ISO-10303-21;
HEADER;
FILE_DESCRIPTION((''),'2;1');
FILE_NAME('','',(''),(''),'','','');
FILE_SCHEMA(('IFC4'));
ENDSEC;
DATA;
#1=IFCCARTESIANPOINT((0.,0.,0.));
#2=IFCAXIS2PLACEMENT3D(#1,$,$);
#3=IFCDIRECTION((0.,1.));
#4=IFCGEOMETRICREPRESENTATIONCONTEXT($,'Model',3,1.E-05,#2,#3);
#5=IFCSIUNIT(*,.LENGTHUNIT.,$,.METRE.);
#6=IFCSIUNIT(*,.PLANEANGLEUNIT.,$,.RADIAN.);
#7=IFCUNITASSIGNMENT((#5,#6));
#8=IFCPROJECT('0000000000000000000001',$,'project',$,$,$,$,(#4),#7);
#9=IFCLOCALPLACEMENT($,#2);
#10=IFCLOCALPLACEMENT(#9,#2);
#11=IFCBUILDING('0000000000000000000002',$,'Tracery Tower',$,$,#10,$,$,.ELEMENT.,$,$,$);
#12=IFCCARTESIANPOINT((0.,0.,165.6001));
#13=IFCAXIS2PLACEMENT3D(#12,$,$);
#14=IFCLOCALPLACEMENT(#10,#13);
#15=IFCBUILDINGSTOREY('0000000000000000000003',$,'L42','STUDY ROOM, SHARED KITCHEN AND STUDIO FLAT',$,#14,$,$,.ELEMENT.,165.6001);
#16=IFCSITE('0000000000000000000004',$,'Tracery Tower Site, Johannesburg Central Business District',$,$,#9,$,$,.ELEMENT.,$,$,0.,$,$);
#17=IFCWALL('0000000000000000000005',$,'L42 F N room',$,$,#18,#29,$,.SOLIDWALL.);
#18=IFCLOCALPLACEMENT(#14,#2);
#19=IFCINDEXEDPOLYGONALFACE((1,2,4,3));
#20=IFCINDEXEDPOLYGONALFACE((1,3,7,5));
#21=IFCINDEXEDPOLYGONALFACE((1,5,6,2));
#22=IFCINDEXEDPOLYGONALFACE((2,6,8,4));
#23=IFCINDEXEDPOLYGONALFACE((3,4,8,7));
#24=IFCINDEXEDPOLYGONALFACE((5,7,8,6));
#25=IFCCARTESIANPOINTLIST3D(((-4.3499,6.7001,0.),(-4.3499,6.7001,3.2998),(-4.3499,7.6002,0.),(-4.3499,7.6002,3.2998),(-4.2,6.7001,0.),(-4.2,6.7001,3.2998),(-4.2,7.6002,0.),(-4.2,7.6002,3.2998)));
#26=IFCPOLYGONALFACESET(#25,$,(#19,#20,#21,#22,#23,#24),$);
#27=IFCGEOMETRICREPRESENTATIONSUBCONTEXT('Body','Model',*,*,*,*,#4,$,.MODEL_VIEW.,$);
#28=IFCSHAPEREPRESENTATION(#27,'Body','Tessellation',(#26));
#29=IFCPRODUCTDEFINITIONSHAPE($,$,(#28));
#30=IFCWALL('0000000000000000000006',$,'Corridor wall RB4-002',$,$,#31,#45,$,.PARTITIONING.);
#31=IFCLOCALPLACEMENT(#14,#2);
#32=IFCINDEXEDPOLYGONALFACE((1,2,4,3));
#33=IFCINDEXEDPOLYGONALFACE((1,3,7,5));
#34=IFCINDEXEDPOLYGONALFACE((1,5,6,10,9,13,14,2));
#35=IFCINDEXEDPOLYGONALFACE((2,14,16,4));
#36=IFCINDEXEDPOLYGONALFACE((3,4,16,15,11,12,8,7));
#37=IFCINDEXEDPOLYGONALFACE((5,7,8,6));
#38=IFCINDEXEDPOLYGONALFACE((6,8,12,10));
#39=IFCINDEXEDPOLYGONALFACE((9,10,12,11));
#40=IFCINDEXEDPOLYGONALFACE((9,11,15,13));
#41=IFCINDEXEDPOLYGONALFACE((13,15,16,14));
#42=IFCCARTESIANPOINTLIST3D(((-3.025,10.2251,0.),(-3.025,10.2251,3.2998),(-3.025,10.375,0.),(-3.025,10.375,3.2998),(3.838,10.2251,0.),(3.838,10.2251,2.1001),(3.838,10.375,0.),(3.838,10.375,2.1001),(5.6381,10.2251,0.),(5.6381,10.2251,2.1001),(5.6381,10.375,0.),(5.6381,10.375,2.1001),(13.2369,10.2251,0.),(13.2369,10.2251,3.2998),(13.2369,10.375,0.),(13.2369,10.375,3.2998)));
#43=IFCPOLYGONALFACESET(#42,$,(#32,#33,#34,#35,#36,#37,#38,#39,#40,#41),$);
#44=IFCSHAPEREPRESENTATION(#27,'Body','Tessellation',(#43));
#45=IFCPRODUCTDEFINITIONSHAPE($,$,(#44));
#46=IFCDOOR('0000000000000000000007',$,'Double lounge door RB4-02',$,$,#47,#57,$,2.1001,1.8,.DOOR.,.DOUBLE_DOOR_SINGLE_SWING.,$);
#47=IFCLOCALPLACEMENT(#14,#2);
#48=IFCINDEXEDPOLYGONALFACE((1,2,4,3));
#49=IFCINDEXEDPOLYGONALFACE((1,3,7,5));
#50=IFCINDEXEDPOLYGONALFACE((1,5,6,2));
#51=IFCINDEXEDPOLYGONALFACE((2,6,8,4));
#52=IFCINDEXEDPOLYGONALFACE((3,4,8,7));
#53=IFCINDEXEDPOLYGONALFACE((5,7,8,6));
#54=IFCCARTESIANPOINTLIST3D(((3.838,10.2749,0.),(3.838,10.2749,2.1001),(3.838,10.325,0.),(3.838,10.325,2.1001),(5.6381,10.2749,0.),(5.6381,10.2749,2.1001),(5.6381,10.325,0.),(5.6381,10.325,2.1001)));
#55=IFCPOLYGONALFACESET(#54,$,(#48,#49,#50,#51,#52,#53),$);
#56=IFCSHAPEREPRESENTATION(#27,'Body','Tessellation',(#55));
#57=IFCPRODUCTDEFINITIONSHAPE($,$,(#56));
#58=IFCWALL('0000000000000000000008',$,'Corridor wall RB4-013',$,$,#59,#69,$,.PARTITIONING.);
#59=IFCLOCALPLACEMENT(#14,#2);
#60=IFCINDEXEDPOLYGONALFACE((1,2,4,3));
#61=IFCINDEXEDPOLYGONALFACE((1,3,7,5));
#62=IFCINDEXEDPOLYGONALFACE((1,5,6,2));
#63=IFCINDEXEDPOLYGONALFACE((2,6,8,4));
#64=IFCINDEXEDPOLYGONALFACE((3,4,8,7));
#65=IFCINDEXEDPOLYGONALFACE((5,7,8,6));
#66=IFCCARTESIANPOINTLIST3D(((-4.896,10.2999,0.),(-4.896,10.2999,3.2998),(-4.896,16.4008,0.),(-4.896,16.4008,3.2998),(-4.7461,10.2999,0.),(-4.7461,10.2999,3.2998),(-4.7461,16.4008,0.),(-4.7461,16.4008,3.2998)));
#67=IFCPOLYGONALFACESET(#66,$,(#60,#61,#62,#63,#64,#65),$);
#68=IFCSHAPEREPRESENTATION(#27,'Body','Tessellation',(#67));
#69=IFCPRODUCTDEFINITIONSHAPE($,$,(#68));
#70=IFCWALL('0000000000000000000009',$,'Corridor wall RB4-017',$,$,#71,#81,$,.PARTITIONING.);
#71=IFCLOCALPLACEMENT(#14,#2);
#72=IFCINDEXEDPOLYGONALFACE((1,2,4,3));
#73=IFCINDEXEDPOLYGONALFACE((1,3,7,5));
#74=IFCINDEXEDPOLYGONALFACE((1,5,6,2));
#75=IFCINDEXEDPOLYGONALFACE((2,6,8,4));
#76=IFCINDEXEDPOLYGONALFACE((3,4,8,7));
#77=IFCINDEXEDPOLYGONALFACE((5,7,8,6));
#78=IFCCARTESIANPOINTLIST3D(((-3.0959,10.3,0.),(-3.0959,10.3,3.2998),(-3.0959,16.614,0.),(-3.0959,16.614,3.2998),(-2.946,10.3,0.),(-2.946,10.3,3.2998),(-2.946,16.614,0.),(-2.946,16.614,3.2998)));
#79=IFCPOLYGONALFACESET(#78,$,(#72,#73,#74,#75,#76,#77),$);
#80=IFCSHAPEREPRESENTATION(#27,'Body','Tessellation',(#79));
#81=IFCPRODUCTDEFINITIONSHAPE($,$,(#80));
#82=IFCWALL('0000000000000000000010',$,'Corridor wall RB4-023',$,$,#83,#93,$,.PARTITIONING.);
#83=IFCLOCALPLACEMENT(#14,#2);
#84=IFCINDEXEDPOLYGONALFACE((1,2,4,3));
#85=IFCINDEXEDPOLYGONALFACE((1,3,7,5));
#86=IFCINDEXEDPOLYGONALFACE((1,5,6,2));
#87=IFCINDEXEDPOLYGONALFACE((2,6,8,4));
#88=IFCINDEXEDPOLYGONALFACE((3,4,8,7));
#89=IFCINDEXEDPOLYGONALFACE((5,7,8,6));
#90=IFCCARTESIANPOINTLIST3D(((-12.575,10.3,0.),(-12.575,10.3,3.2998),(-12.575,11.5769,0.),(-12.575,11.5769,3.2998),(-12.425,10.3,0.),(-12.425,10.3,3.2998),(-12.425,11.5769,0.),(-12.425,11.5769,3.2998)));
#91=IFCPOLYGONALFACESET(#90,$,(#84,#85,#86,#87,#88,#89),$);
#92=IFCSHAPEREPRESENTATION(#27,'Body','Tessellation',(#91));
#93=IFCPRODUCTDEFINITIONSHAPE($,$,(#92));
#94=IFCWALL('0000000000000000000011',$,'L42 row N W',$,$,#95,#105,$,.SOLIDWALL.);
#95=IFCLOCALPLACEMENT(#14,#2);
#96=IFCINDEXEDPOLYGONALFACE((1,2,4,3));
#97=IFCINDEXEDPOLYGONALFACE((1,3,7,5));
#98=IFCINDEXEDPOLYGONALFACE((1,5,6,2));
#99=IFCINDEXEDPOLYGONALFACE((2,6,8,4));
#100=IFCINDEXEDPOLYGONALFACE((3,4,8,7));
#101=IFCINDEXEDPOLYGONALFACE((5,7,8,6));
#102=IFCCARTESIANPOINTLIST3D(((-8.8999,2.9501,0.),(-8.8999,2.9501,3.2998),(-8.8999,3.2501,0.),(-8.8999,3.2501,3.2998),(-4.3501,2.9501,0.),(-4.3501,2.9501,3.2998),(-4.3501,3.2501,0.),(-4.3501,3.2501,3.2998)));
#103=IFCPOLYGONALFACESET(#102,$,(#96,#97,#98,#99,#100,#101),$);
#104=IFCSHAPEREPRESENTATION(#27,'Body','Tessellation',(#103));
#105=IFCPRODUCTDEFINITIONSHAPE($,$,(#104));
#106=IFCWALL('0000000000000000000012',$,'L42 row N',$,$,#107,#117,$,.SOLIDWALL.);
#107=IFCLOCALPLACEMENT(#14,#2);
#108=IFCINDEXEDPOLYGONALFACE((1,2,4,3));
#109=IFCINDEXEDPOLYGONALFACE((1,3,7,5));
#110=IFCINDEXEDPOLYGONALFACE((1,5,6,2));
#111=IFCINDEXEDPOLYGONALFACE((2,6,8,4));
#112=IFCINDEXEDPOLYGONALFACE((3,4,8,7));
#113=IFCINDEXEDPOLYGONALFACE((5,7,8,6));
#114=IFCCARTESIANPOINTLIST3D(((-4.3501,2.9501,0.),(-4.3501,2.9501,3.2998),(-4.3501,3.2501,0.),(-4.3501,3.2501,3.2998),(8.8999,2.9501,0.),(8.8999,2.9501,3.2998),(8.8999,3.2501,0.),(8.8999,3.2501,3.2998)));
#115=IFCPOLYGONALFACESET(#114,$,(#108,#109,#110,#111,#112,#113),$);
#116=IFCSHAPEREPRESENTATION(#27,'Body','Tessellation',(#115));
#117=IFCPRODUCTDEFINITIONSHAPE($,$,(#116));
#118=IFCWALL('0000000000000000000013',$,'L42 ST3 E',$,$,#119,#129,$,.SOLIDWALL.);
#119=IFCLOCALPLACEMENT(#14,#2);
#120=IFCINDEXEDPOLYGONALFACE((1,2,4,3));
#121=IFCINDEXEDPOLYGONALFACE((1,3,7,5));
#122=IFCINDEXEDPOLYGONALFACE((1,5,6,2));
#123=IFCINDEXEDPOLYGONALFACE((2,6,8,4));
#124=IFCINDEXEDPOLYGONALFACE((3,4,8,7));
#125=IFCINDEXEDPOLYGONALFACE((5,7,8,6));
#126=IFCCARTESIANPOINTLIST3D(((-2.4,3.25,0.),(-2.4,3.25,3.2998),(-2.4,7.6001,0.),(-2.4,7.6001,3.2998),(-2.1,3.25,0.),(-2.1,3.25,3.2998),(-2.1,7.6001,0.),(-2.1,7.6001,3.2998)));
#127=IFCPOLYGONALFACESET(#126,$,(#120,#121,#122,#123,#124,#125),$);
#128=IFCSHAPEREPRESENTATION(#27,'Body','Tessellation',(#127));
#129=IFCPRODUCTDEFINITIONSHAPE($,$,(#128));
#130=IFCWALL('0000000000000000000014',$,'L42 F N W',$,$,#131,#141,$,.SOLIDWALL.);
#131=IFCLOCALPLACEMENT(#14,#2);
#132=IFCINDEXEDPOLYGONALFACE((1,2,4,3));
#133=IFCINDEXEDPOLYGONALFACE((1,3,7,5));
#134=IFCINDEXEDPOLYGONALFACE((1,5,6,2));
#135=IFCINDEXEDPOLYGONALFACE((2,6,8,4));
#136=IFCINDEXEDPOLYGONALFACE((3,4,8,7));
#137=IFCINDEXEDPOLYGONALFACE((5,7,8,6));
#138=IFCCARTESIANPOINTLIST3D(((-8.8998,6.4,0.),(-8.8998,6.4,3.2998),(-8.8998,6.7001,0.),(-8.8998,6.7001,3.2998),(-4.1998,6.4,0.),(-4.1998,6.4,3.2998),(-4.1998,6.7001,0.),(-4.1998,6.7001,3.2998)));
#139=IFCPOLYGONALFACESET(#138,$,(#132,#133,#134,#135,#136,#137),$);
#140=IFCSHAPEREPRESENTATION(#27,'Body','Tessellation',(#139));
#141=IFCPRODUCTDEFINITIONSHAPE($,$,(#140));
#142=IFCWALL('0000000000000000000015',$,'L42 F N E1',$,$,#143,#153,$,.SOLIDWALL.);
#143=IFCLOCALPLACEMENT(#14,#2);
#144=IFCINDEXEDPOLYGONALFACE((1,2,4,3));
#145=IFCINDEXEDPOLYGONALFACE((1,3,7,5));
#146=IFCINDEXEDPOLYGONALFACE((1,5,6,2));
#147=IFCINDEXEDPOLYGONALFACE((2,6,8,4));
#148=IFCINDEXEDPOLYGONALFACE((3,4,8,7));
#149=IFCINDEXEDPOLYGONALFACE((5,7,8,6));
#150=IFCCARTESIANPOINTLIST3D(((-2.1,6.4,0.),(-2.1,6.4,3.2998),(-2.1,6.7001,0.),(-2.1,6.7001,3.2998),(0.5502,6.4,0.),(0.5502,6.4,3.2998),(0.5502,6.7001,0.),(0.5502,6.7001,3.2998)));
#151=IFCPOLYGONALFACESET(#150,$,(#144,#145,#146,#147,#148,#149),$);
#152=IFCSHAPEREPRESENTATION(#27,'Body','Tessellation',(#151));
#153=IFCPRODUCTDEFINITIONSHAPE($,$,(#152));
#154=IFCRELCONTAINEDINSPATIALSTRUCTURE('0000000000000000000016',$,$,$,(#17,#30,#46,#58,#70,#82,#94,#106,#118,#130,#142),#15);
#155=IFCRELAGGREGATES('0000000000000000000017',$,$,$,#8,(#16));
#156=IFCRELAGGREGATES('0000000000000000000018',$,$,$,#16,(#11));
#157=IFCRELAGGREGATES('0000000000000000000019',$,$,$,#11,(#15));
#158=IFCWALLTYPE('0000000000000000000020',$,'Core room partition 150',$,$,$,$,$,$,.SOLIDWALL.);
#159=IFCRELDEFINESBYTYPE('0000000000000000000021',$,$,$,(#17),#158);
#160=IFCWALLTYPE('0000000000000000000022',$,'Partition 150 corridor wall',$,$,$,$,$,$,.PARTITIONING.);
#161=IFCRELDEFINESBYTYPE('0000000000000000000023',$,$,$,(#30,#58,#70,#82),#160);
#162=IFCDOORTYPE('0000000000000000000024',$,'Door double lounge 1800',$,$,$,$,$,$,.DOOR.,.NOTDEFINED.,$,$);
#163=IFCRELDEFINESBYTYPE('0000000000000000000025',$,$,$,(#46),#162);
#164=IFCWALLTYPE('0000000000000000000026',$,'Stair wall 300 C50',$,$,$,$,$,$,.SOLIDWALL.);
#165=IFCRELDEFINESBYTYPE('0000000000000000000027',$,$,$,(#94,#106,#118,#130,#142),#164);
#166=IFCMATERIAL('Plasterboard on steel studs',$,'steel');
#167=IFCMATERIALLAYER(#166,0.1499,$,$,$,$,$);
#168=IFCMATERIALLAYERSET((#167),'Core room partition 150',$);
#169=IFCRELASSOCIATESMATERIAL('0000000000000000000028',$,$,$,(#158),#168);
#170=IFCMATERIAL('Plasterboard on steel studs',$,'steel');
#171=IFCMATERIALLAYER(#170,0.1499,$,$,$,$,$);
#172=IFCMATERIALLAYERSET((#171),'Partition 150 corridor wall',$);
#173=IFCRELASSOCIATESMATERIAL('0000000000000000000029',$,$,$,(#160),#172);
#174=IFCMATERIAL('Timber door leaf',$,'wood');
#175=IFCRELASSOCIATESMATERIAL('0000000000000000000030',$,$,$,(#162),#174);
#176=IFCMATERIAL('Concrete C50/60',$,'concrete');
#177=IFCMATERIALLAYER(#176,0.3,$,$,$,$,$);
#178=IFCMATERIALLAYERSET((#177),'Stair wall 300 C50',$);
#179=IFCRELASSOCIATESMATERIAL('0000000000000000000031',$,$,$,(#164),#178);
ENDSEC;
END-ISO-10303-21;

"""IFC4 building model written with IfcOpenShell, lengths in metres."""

from ifc_helpers import new_model, si_unit, direction, frame, frame_2d, origin, place, context, subcontext, project, spatial, rectangle, extrude, material, layer, layer_set, type_object, element, fill, save


model = new_model("IFC4")

# Units and contexts
model_context = context("Model", 3, precision=1e-05, world=origin(), true_north=direction((0.0, 1.0)))
body_context = subcontext(model_context, "Body", "Model", "MODEL_VIEW")
ifc_project = project(units=[si_unit("LENGTHUNIT", "METRE"), si_unit("PLANEANGLEUNIT", "RADIAN")], contexts=[model_context])

# Site, building, storey
site_placement = place(None, origin())
site = spatial("IfcSite", under=ifc_project, at=site_placement, Name="Tracery Tower Site, Johannesburg Central Business District", CompositionType="ELEMENT", RefElevation=0.0)
building_placement = place(site_placement, origin())
building = spatial("IfcBuilding", under=site, at=building_placement, Name="Tracery Tower", CompositionType="ELEMENT")
storey_placement = place(building_placement, frame((0.0, 0.0, 165.6001)))
storey = spatial("IfcBuildingStorey", under=building, at=storey_placement, Name="L42", Description="STUDY ROOM, SHARED KITCHEN AND STUDIO FLAT", CompositionType="ELEMENT", Elevation=165.6001)

# Wall
ifc_material_1 = material(Name="Plasterboard on steel studs", Category="steel")
ifc_layer_1 = layer(ifc_material_1, 0.1499)
ifc_layer_set_1 = layer_set([ifc_layer_1], Name="Core room partition 150")
wall_type_1 = type_object("IfcWallType", Name="Core room partition 150", PredefinedType="SOLIDWALL", material=ifc_layer_set_1)
wall_1_placement = place(storey_placement, frame((-4.2749, 6.7, 0.0), z_axis=(0.0, 0.0, 1.0), x_axis=(0.0, 1.0, 0.0)))
element("IfcWall", 1, at=wall_1_placement, inside=storey, type_object=wall_type_1, Name="L42 F N room", PredefinedType="SOLIDWALL", context=body_context, shape_type="SweptSolid", body=[
    extrude(rectangle(XDim=0.9001, YDim=0.1499, at=frame_2d((0.4502, 0.0))), origin(), (0.0, 0.0, 1.0), 3.2998),
])

# Wall, opening, door
ifc_material_2 = material(Name="Plasterboard on steel studs", Category="steel")
ifc_layer_2 = layer(ifc_material_2, 0.1499)
ifc_layer_set_2 = layer_set([ifc_layer_2], Name="Partition 150 corridor wall")
wall_type_2 = type_object("IfcWallType", Name="Partition 150 corridor wall", PredefinedType="PARTITIONING", material=ifc_layer_set_2)
wall_2_placement = place(storey_placement, frame((-3.0249, 10.3, 0.0), z_axis=(0.0, 0.0, 1.0), x_axis=(1.0, 0.0, 0.0)))
wall_2 = element("IfcWall", 2, at=wall_2_placement, inside=storey, type_object=wall_type_2, Name="Corridor wall RB4-002", PredefinedType="PARTITIONING", context=body_context, shape_type="SweptSolid", body=[
    extrude(rectangle(XDim=16.262, YDim=0.1499, at=frame_2d((8.1309, 0.0))), origin(), (0.0, 0.0, 1.0), 3.2998),
])
opening_1_placement = place(wall_2_placement, frame((6.863, 0.0, 0.0)))
opening_1 = element("IfcOpeningElement", 3, at=opening_1_placement, cuts=wall_2, PredefinedType="OPENING", context=body_context, shape_type="SweptSolid", body=[
    extrude(rectangle(XDim=1.8, YDim=2.1001, at=frame_2d((0.8999, 1.05))), frame((0.0, 0.075, 0.0), z_axis=(0.0, -1.0, 0.0), x_axis=(1.0, 0.0, 0.0)), (0.0, 0.0, 1.0), 0.1499),
])
ifc_material_3 = material(Name="Timber door leaf", Category="wood")
door_type_1 = type_object("IfcDoorType", Name="Door double lounge 1800", OperationType="NOTDEFINED", PredefinedType="DOOR", material=ifc_material_3)
door_1_placement = place(opening_1_placement, origin())
door_1 = element("IfcDoor", 4, at=door_1_placement, inside=storey, type_object=door_type_1, Name="Double lounge door RB4-02", OperationType="DOUBLE_DOOR_SINGLE_SWING", OverallHeight=2.1001, OverallWidth=1.8, PredefinedType="DOOR", context=body_context, shape_type="SweptSolid", body=[
    extrude(rectangle(XDim=1.8, YDim=2.1001, at=frame_2d((0.8999, 1.05))), frame((0.0, 0.0249, 0.0), z_axis=(0.0, -1.0, 0.0), x_axis=(1.0, 0.0, 0.0)), (0.0, 0.0, 1.0), 0.05),
])
fill(opening_1, door_1)

# Walls
wall_3_placement = place(storey_placement, frame((-4.821, 10.3, 0.0), z_axis=(0.0, 0.0, 1.0), x_axis=(0.0, 1.0, 0.0)))
element("IfcWall", 5, at=wall_3_placement, inside=storey, type_object=wall_type_2, Name="Corridor wall RB4-013", PredefinedType="PARTITIONING", context=body_context, shape_type="SweptSolid", body=[
    extrude(rectangle(XDim=6.1008, YDim=0.1499, at=frame_2d((3.0503, 0.0))), origin(), (0.0, 0.0, 1.0), 3.2998),
])
wall_4_placement = place(storey_placement, frame((-3.021, 10.3, 0.0), z_axis=(0.0, 0.0, 1.0), x_axis=(0.0, 1.0, 0.0)))
element("IfcWall", 6, at=wall_4_placement, inside=storey, type_object=wall_type_2, Name="Corridor wall RB4-017", PredefinedType="PARTITIONING", context=body_context, shape_type="SweptSolid", body=[
    extrude(rectangle(XDim=6.314, YDim=0.1499, at=frame_2d((3.157, 0.0))), origin(), (0.0, 0.0, 1.0), 3.2998),
])
wall_5_placement = place(storey_placement, frame((-12.5, 10.3, 0.0), z_axis=(0.0, 0.0, 1.0), x_axis=(0.0, 1.0, 0.0)))
element("IfcWall", 7, at=wall_5_placement, inside=storey, type_object=wall_type_2, Name="Corridor wall RB4-023", PredefinedType="PARTITIONING", context=body_context, shape_type="SweptSolid", body=[
    extrude(rectangle(XDim=1.2769, YDim=0.1499, at=frame_2d((0.6384, 0.0))), origin(), (0.0, 0.0, 1.0), 3.2998),
])

# Walls
ifc_material_4 = material(Name="Concrete C50/60", Category="concrete")
ifc_layer_3 = layer(ifc_material_4, 0.3)
ifc_layer_set_3 = layer_set([ifc_layer_3], Name="Stair wall 300 C50")
wall_type_3 = type_object("IfcWallType", Name="Stair wall 300 C50", PredefinedType="SOLIDWALL", material=ifc_layer_set_3)
wall_6_placement = place(storey_placement, frame((-8.8999, 3.1001, 0.0), z_axis=(0.0, 0.0, 1.0), x_axis=(1.0, 0.0, 0.0)))
element("IfcWall", 8, at=wall_6_placement, inside=storey, type_object=wall_type_3, Name="L42 row N W", PredefinedType="SOLIDWALL", context=body_context, shape_type="SweptSolid", body=[
    extrude(rectangle(XDim=4.5498, YDim=0.3, at=frame_2d((2.2749, 0.0))), origin(), (0.0, 0.0, 1.0), 3.2998),
])
wall_7_placement = place(storey_placement, frame((-4.3501, 3.1001, 0.0), z_axis=(0.0, 0.0, 1.0), x_axis=(1.0, 0.0, 0.0)))
element("IfcWall", 9, at=wall_7_placement, inside=storey, type_object=wall_type_3, Name="L42 row N", PredefinedType="SOLIDWALL", context=body_context, shape_type="SweptSolid", body=[
    extrude(rectangle(XDim=13.25, YDim=0.3, at=frame_2d((6.625, 0.0))), origin(), (0.0, 0.0, 1.0), 3.2998),
])
wall_8_placement = place(storey_placement, frame((-2.25, 3.25, 0.0), z_axis=(0.0, 0.0, 1.0), x_axis=(0.0, 1.0, 0.0)))
element("IfcWall", 10, at=wall_8_placement, inside=storey, type_object=wall_type_3, Name="L42 ST3 E", PredefinedType="SOLIDWALL", context=body_context, shape_type="SweptSolid", body=[
    extrude(rectangle(XDim=4.3501, YDim=0.3, at=frame_2d((2.175, 0.0))), origin(), (0.0, 0.0, 1.0), 3.2998),
])
wall_9_placement = place(storey_placement, frame((-8.8999, 6.55, 0.0), z_axis=(0.0, 0.0, 1.0), x_axis=(1.0, 0.0, 0.0)))
element("IfcWall", 11, at=wall_9_placement, inside=storey, type_object=wall_type_3, Name="L42 F N W", PredefinedType="SOLIDWALL", context=body_context, shape_type="SweptSolid", body=[
    extrude(rectangle(XDim=4.7, YDim=0.3, at=frame_2d((2.3501, 0.0))), origin(), (0.0, 0.0, 1.0), 3.2998),
])

# Wall
wall_10_placement = place(storey_placement, frame((-2.1001, 6.55, 0.0), z_axis=(0.0, 0.0, 1.0), x_axis=(1.0, 0.0, 0.0)))
element("IfcWall", 12, at=wall_10_placement, inside=storey, type_object=wall_type_3, Name="L42 F N E1", PredefinedType="SOLIDWALL", context=body_context, shape_type="SweptSolid", body=[
    extrude(rectangle(XDim=2.6501, YDim=0.3, at=frame_2d((1.3252, 0.0))), origin(), (0.0, 0.0, 1.0), 3.2998),
])

save(model, "model.ifc")
